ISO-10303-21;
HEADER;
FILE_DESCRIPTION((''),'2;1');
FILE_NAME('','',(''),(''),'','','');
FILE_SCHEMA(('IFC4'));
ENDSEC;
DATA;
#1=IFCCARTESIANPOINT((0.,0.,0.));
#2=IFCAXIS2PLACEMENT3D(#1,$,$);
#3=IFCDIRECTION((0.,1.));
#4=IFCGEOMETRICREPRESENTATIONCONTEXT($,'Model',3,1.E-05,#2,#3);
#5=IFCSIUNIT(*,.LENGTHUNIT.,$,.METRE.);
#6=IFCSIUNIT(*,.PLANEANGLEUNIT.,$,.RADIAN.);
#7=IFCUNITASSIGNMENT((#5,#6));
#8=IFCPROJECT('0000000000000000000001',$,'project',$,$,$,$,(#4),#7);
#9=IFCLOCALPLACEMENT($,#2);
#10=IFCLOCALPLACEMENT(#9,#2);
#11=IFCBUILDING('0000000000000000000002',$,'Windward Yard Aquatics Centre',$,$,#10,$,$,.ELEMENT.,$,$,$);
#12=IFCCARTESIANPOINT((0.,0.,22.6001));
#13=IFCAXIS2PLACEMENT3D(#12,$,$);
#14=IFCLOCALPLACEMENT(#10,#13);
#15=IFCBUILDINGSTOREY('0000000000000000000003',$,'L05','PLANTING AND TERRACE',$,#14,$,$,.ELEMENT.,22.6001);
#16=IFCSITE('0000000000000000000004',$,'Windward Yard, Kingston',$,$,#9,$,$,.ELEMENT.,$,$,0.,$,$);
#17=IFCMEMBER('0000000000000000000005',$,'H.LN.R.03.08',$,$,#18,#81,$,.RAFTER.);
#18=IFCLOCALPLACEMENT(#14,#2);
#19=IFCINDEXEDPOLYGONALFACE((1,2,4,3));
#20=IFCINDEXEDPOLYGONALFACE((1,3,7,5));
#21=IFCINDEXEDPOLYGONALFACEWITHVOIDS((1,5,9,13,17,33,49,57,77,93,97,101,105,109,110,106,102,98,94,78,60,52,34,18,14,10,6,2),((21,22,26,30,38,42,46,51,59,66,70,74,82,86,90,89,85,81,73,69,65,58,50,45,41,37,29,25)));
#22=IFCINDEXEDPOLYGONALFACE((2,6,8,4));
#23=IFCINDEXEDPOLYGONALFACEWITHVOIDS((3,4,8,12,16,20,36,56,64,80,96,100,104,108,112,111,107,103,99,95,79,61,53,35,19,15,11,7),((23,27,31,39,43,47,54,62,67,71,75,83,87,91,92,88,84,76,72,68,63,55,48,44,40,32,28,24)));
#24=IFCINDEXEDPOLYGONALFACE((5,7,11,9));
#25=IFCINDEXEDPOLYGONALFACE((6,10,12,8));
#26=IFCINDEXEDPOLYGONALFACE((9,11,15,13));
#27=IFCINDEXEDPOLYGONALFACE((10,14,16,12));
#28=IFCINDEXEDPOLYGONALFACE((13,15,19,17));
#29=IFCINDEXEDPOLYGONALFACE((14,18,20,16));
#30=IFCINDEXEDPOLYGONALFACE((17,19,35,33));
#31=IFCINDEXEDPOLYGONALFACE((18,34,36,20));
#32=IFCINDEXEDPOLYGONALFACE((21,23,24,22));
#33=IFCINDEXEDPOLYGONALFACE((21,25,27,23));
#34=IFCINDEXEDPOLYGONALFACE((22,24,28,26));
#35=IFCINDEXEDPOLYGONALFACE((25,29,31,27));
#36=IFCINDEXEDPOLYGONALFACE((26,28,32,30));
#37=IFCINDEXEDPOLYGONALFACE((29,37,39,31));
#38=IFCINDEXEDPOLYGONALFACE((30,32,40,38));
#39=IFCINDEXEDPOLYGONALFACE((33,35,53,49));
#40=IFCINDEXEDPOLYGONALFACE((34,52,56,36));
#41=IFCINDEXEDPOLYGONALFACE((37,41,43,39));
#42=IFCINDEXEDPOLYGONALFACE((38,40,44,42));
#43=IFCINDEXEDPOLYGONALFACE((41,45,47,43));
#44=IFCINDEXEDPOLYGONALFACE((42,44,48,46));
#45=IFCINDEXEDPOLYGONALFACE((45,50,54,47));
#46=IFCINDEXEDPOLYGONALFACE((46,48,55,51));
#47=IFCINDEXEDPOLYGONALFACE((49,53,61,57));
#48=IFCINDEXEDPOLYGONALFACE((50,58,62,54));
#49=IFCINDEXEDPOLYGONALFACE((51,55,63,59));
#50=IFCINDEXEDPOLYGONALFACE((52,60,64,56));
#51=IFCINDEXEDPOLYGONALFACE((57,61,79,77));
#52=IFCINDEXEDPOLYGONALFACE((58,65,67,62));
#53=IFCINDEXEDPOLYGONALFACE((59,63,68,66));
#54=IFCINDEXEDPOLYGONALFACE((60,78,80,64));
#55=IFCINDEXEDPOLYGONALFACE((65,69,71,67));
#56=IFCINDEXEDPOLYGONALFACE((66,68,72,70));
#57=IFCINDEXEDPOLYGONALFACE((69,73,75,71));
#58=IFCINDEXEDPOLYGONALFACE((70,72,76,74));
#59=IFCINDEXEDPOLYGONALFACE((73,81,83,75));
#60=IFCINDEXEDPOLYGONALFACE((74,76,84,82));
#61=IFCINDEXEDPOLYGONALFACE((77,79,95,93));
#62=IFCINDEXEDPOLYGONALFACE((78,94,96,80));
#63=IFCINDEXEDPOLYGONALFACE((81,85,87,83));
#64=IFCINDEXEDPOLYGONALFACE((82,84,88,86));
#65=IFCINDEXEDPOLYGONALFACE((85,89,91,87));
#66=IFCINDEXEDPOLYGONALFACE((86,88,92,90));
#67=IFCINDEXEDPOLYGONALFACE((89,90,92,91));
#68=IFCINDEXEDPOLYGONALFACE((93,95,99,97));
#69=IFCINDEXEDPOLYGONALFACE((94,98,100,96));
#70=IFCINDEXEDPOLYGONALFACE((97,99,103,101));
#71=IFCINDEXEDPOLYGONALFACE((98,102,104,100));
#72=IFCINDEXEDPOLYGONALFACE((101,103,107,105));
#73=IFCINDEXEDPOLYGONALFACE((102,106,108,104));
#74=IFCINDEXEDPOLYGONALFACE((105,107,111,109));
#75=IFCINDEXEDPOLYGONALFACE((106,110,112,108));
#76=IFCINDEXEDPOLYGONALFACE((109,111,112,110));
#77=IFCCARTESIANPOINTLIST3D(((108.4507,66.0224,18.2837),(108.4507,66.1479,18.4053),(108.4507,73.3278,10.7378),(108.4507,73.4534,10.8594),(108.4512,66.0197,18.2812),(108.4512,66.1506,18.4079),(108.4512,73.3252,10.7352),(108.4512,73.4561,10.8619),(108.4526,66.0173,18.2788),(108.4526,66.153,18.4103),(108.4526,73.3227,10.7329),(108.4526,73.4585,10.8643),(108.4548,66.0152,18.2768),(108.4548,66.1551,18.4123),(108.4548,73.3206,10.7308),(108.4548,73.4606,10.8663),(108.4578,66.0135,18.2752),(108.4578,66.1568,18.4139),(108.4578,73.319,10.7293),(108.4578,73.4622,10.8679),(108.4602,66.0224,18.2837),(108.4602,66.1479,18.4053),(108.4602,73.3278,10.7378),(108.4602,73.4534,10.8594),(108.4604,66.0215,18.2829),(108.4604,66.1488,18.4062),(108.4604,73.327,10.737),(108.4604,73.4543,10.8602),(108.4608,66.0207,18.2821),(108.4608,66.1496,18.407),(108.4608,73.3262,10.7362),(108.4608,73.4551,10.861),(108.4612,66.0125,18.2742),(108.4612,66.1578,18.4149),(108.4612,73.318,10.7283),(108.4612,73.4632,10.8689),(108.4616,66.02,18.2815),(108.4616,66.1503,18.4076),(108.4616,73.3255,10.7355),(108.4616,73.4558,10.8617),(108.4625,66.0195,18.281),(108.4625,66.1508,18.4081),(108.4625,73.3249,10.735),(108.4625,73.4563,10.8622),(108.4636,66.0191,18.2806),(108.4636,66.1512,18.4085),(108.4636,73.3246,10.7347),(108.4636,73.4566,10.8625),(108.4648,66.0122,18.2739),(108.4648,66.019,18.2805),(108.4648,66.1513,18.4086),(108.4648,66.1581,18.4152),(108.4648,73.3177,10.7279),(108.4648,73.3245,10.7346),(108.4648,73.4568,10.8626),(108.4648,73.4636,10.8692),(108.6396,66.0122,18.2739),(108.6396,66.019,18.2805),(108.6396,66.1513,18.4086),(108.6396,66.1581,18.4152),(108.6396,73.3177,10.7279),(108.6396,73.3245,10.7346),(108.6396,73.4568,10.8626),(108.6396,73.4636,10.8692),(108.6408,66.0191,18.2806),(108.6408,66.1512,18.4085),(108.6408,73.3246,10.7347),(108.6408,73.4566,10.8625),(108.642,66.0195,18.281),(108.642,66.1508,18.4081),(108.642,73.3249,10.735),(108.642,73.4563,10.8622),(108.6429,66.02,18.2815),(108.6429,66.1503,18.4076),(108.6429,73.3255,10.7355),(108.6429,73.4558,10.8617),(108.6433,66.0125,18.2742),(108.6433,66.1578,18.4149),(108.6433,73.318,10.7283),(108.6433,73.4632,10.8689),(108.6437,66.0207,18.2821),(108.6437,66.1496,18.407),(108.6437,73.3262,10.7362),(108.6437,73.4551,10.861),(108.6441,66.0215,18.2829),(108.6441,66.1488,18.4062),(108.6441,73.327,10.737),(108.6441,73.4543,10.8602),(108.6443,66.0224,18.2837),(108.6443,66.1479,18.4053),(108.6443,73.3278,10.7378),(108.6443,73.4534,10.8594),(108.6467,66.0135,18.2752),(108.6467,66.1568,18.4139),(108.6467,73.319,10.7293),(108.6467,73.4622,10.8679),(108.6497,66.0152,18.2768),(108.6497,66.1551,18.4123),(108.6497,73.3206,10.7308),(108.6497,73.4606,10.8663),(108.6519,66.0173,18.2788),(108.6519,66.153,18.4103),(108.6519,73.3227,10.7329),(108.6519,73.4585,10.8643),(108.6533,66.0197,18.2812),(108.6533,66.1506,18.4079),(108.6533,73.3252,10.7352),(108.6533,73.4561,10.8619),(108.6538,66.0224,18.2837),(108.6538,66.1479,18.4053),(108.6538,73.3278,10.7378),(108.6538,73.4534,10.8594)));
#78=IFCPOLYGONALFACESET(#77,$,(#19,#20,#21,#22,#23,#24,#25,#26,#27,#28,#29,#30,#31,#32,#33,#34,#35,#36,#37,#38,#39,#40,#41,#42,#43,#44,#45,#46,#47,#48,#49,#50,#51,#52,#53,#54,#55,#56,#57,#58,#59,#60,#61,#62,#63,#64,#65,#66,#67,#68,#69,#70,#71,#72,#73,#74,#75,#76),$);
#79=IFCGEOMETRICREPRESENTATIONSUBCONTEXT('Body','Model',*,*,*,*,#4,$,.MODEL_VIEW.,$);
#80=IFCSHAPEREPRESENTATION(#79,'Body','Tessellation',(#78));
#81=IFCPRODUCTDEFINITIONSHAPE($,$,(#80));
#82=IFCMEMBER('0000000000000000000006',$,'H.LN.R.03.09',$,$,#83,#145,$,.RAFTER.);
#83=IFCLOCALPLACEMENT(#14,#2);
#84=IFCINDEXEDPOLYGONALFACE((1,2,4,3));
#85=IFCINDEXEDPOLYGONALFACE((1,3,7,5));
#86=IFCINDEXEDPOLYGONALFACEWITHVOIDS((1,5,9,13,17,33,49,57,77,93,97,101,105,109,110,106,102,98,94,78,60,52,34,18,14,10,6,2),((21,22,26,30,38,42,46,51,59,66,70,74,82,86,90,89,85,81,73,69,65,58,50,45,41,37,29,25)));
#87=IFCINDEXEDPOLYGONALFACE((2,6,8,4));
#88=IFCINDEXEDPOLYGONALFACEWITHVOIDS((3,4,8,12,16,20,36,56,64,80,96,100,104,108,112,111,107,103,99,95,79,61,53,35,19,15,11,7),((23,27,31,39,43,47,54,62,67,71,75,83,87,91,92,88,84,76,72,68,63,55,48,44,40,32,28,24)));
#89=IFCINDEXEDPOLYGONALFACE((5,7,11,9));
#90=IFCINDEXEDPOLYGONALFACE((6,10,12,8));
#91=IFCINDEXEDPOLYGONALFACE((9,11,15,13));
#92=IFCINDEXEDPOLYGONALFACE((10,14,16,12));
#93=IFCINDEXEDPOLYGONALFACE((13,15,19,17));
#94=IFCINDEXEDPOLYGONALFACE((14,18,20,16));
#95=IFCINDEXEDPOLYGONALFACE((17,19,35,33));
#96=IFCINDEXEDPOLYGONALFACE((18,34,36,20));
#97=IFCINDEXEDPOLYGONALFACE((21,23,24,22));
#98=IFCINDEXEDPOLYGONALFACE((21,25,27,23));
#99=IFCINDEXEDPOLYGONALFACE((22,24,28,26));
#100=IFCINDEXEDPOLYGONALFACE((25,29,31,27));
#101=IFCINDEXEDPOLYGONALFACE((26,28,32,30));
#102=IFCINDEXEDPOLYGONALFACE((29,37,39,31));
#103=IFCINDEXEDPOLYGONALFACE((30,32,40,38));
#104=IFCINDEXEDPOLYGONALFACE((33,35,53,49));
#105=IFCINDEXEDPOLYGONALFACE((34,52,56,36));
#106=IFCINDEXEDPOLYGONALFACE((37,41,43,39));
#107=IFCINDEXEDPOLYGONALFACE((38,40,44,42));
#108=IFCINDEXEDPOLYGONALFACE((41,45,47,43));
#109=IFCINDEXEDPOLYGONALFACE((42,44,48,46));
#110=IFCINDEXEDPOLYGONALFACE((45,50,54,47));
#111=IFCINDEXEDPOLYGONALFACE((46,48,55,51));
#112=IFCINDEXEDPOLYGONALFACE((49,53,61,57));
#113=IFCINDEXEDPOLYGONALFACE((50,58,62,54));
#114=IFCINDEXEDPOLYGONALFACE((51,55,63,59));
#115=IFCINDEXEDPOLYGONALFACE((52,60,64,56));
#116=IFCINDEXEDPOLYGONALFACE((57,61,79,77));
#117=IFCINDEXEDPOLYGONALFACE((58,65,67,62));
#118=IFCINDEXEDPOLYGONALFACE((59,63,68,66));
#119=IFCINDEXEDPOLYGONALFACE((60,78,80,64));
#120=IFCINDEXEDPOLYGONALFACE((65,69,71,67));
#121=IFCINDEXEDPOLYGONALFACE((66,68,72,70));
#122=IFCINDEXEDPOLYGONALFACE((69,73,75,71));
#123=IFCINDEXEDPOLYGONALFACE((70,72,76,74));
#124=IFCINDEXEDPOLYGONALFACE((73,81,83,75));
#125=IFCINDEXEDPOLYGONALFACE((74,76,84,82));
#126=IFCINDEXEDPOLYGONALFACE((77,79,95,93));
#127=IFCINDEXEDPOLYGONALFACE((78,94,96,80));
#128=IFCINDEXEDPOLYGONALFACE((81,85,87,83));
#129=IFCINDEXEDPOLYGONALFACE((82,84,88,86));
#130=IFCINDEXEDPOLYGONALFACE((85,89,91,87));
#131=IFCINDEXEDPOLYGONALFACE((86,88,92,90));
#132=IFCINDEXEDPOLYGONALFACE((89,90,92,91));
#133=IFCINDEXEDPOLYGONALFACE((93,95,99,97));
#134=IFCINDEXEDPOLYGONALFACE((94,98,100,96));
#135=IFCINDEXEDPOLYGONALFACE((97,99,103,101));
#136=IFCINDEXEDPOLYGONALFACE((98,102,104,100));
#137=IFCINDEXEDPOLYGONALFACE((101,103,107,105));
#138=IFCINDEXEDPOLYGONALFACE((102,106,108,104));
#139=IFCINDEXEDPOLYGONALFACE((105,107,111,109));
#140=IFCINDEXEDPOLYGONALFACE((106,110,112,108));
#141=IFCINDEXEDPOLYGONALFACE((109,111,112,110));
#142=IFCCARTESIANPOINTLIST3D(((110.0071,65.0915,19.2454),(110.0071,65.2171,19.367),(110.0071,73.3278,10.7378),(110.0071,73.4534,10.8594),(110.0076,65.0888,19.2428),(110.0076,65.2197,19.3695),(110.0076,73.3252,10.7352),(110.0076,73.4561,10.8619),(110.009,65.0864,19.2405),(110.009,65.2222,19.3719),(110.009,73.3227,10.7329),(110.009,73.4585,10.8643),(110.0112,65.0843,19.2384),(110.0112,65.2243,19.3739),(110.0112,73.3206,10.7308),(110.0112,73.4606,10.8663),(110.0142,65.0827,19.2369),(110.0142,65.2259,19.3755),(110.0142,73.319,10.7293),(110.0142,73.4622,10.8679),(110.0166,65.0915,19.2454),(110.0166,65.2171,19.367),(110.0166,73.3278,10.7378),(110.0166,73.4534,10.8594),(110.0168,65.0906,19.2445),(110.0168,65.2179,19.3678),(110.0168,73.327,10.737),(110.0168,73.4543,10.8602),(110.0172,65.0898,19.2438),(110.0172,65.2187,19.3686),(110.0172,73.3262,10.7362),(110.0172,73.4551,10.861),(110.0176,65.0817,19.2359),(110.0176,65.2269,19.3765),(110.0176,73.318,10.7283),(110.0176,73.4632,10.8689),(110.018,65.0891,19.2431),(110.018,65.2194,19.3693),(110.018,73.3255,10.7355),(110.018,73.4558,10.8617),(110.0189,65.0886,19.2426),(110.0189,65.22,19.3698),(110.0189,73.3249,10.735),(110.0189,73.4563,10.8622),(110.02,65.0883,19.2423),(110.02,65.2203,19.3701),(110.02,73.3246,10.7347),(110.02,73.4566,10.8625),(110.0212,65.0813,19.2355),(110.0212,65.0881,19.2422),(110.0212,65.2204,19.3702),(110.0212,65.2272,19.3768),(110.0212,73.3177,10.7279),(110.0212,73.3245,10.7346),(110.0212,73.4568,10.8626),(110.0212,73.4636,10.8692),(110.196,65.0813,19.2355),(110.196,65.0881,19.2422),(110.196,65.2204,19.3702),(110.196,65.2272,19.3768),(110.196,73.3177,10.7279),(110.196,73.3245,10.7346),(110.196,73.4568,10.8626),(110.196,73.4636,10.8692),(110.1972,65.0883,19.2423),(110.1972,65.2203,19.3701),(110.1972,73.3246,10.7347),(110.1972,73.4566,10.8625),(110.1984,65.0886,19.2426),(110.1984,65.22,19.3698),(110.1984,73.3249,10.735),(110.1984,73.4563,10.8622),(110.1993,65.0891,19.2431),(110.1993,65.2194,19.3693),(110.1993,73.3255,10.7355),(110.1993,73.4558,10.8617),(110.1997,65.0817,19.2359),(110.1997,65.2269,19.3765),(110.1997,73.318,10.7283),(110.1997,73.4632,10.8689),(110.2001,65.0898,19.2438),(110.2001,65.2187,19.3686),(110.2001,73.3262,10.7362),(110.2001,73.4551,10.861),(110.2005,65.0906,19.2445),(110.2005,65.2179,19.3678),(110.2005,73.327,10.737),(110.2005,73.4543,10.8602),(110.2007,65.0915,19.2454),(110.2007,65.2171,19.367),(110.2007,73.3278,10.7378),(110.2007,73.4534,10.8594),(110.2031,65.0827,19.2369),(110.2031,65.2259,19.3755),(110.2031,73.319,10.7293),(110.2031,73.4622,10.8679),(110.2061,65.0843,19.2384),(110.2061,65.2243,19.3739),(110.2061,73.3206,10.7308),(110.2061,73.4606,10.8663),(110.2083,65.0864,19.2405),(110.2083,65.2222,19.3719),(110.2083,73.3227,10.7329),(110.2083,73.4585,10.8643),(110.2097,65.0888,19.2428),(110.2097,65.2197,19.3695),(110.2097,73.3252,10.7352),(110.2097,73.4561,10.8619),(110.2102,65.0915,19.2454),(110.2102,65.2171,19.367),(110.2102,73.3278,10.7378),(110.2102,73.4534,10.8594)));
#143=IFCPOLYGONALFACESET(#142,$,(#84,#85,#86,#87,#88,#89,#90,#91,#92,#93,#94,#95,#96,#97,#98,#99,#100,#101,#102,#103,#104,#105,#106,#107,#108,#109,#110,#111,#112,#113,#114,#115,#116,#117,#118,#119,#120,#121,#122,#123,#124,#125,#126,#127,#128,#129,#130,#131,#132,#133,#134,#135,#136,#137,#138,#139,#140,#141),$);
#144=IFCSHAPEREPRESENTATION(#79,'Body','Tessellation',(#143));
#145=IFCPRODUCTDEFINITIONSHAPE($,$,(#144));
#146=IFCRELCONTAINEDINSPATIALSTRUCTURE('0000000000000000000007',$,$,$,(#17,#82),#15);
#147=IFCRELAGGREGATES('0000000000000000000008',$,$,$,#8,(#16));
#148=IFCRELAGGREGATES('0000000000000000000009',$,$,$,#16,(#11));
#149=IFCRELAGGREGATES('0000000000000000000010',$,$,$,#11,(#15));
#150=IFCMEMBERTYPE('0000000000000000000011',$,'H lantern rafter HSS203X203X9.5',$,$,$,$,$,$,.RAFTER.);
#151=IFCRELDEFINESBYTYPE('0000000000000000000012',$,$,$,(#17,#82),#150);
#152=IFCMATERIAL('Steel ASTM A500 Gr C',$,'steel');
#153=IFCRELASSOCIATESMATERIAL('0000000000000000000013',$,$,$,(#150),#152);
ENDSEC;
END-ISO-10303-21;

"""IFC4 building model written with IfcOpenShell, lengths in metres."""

from ifc_helpers import new_model, si_unit, direction, frame, origin, origin_2d, place, context, subcontext, project, spatial, hollow_rectangle, extrude, material, material_profile, profile_set, type_object, element, save


model = new_model("IFC4")

# Units and contexts
model_context = context("Model", 3, precision=1e-05, world=origin(), true_north=direction((0.0, 1.0)))
body_context = subcontext(model_context, "Body", "Model", "MODEL_VIEW")
ifc_project = project(units=[si_unit("LENGTHUNIT", "METRE"), si_unit("PLANEANGLEUNIT", "RADIAN")], contexts=[model_context])

# Site, building, storey
site_placement = place(None, origin())
site = spatial("IfcSite", under=ifc_project, at=site_placement, Name="Windward Yard, Kingston", CompositionType="ELEMENT", RefElevation=0.0)
building_placement = place(site_placement, origin())
building = spatial("IfcBuilding", under=site, at=building_placement, Name="Windward Yard Aquatics Centre", CompositionType="ELEMENT")
storey_placement = place(building_placement, frame((0.0, 0.0, 22.6001)))
storey = spatial("IfcBuildingStorey", under=building, at=storey_placement, Name="L05", Description="PLANTING AND TERRACE", CompositionType="ELEMENT", Elevation=22.6001)

# Members
ifc_material_1 = material(Name="Steel ASTM A500 Gr C", Category="steel")
ifc_material_profile_1 = material_profile(ifc_material_1, hollow_rectangle(XDim=0.2031, YDim=0.2031, WallThickness=0.0095, InnerFilletRadius=0.0046, OuterFilletRadius=0.0142, at=origin_2d()), Name="HSS203X203X9.5")
ifc_profile_set_1 = profile_set([ifc_material_profile_1], Name="Steel ASTM A500 Gr C")
member_type_1 = type_object("IfcMemberType", Name="H lantern rafter HSS203X203X9.5", PredefinedType="RAFTER", material=ifc_profile_set_1)
member_1_placement = place(storey_placement, frame((108.5522, 73.3906, 10.7986), z_axis=(0.0, -0.695566, 0.718462), x_axis=(1.0, 0.0, 0.0)))
element("IfcMember", 1, at=member_1_placement, inside=storey, type_object=member_type_1, Name="H.LN.R.03.08", PredefinedType="RAFTER", context=body_context, shape_type="SweptSolid", body=[
    extrude(hollow_rectangle(XDim=0.2031, YDim=0.2031, WallThickness=0.0095, InnerFilletRadius=0.0046, OuterFilletRadius=0.0142, at=origin_2d()), origin(), (0.0, 0.0, 1.0), 10.5029),
])
member_2_placement = place(storey_placement, frame((110.1086, 73.3906, 10.7986), z_axis=(0.0, -0.695561, 0.718467), x_axis=(1.0, 0.0, 0.0)))
element("IfcMember", 2, at=member_2_placement, inside=storey, type_object=member_type_1, Name="H.LN.R.03.09", PredefinedType="RAFTER", context=body_context, shape_type="SweptSolid", body=[
    extrude(hollow_rectangle(XDim=0.2031, YDim=0.2031, WallThickness=0.0095, InnerFilletRadius=0.0046, OuterFilletRadius=0.0142, at=origin_2d()), origin(), (0.0, 0.0, 1.0), 11.8413),
])

save(model, "model.ifc")
